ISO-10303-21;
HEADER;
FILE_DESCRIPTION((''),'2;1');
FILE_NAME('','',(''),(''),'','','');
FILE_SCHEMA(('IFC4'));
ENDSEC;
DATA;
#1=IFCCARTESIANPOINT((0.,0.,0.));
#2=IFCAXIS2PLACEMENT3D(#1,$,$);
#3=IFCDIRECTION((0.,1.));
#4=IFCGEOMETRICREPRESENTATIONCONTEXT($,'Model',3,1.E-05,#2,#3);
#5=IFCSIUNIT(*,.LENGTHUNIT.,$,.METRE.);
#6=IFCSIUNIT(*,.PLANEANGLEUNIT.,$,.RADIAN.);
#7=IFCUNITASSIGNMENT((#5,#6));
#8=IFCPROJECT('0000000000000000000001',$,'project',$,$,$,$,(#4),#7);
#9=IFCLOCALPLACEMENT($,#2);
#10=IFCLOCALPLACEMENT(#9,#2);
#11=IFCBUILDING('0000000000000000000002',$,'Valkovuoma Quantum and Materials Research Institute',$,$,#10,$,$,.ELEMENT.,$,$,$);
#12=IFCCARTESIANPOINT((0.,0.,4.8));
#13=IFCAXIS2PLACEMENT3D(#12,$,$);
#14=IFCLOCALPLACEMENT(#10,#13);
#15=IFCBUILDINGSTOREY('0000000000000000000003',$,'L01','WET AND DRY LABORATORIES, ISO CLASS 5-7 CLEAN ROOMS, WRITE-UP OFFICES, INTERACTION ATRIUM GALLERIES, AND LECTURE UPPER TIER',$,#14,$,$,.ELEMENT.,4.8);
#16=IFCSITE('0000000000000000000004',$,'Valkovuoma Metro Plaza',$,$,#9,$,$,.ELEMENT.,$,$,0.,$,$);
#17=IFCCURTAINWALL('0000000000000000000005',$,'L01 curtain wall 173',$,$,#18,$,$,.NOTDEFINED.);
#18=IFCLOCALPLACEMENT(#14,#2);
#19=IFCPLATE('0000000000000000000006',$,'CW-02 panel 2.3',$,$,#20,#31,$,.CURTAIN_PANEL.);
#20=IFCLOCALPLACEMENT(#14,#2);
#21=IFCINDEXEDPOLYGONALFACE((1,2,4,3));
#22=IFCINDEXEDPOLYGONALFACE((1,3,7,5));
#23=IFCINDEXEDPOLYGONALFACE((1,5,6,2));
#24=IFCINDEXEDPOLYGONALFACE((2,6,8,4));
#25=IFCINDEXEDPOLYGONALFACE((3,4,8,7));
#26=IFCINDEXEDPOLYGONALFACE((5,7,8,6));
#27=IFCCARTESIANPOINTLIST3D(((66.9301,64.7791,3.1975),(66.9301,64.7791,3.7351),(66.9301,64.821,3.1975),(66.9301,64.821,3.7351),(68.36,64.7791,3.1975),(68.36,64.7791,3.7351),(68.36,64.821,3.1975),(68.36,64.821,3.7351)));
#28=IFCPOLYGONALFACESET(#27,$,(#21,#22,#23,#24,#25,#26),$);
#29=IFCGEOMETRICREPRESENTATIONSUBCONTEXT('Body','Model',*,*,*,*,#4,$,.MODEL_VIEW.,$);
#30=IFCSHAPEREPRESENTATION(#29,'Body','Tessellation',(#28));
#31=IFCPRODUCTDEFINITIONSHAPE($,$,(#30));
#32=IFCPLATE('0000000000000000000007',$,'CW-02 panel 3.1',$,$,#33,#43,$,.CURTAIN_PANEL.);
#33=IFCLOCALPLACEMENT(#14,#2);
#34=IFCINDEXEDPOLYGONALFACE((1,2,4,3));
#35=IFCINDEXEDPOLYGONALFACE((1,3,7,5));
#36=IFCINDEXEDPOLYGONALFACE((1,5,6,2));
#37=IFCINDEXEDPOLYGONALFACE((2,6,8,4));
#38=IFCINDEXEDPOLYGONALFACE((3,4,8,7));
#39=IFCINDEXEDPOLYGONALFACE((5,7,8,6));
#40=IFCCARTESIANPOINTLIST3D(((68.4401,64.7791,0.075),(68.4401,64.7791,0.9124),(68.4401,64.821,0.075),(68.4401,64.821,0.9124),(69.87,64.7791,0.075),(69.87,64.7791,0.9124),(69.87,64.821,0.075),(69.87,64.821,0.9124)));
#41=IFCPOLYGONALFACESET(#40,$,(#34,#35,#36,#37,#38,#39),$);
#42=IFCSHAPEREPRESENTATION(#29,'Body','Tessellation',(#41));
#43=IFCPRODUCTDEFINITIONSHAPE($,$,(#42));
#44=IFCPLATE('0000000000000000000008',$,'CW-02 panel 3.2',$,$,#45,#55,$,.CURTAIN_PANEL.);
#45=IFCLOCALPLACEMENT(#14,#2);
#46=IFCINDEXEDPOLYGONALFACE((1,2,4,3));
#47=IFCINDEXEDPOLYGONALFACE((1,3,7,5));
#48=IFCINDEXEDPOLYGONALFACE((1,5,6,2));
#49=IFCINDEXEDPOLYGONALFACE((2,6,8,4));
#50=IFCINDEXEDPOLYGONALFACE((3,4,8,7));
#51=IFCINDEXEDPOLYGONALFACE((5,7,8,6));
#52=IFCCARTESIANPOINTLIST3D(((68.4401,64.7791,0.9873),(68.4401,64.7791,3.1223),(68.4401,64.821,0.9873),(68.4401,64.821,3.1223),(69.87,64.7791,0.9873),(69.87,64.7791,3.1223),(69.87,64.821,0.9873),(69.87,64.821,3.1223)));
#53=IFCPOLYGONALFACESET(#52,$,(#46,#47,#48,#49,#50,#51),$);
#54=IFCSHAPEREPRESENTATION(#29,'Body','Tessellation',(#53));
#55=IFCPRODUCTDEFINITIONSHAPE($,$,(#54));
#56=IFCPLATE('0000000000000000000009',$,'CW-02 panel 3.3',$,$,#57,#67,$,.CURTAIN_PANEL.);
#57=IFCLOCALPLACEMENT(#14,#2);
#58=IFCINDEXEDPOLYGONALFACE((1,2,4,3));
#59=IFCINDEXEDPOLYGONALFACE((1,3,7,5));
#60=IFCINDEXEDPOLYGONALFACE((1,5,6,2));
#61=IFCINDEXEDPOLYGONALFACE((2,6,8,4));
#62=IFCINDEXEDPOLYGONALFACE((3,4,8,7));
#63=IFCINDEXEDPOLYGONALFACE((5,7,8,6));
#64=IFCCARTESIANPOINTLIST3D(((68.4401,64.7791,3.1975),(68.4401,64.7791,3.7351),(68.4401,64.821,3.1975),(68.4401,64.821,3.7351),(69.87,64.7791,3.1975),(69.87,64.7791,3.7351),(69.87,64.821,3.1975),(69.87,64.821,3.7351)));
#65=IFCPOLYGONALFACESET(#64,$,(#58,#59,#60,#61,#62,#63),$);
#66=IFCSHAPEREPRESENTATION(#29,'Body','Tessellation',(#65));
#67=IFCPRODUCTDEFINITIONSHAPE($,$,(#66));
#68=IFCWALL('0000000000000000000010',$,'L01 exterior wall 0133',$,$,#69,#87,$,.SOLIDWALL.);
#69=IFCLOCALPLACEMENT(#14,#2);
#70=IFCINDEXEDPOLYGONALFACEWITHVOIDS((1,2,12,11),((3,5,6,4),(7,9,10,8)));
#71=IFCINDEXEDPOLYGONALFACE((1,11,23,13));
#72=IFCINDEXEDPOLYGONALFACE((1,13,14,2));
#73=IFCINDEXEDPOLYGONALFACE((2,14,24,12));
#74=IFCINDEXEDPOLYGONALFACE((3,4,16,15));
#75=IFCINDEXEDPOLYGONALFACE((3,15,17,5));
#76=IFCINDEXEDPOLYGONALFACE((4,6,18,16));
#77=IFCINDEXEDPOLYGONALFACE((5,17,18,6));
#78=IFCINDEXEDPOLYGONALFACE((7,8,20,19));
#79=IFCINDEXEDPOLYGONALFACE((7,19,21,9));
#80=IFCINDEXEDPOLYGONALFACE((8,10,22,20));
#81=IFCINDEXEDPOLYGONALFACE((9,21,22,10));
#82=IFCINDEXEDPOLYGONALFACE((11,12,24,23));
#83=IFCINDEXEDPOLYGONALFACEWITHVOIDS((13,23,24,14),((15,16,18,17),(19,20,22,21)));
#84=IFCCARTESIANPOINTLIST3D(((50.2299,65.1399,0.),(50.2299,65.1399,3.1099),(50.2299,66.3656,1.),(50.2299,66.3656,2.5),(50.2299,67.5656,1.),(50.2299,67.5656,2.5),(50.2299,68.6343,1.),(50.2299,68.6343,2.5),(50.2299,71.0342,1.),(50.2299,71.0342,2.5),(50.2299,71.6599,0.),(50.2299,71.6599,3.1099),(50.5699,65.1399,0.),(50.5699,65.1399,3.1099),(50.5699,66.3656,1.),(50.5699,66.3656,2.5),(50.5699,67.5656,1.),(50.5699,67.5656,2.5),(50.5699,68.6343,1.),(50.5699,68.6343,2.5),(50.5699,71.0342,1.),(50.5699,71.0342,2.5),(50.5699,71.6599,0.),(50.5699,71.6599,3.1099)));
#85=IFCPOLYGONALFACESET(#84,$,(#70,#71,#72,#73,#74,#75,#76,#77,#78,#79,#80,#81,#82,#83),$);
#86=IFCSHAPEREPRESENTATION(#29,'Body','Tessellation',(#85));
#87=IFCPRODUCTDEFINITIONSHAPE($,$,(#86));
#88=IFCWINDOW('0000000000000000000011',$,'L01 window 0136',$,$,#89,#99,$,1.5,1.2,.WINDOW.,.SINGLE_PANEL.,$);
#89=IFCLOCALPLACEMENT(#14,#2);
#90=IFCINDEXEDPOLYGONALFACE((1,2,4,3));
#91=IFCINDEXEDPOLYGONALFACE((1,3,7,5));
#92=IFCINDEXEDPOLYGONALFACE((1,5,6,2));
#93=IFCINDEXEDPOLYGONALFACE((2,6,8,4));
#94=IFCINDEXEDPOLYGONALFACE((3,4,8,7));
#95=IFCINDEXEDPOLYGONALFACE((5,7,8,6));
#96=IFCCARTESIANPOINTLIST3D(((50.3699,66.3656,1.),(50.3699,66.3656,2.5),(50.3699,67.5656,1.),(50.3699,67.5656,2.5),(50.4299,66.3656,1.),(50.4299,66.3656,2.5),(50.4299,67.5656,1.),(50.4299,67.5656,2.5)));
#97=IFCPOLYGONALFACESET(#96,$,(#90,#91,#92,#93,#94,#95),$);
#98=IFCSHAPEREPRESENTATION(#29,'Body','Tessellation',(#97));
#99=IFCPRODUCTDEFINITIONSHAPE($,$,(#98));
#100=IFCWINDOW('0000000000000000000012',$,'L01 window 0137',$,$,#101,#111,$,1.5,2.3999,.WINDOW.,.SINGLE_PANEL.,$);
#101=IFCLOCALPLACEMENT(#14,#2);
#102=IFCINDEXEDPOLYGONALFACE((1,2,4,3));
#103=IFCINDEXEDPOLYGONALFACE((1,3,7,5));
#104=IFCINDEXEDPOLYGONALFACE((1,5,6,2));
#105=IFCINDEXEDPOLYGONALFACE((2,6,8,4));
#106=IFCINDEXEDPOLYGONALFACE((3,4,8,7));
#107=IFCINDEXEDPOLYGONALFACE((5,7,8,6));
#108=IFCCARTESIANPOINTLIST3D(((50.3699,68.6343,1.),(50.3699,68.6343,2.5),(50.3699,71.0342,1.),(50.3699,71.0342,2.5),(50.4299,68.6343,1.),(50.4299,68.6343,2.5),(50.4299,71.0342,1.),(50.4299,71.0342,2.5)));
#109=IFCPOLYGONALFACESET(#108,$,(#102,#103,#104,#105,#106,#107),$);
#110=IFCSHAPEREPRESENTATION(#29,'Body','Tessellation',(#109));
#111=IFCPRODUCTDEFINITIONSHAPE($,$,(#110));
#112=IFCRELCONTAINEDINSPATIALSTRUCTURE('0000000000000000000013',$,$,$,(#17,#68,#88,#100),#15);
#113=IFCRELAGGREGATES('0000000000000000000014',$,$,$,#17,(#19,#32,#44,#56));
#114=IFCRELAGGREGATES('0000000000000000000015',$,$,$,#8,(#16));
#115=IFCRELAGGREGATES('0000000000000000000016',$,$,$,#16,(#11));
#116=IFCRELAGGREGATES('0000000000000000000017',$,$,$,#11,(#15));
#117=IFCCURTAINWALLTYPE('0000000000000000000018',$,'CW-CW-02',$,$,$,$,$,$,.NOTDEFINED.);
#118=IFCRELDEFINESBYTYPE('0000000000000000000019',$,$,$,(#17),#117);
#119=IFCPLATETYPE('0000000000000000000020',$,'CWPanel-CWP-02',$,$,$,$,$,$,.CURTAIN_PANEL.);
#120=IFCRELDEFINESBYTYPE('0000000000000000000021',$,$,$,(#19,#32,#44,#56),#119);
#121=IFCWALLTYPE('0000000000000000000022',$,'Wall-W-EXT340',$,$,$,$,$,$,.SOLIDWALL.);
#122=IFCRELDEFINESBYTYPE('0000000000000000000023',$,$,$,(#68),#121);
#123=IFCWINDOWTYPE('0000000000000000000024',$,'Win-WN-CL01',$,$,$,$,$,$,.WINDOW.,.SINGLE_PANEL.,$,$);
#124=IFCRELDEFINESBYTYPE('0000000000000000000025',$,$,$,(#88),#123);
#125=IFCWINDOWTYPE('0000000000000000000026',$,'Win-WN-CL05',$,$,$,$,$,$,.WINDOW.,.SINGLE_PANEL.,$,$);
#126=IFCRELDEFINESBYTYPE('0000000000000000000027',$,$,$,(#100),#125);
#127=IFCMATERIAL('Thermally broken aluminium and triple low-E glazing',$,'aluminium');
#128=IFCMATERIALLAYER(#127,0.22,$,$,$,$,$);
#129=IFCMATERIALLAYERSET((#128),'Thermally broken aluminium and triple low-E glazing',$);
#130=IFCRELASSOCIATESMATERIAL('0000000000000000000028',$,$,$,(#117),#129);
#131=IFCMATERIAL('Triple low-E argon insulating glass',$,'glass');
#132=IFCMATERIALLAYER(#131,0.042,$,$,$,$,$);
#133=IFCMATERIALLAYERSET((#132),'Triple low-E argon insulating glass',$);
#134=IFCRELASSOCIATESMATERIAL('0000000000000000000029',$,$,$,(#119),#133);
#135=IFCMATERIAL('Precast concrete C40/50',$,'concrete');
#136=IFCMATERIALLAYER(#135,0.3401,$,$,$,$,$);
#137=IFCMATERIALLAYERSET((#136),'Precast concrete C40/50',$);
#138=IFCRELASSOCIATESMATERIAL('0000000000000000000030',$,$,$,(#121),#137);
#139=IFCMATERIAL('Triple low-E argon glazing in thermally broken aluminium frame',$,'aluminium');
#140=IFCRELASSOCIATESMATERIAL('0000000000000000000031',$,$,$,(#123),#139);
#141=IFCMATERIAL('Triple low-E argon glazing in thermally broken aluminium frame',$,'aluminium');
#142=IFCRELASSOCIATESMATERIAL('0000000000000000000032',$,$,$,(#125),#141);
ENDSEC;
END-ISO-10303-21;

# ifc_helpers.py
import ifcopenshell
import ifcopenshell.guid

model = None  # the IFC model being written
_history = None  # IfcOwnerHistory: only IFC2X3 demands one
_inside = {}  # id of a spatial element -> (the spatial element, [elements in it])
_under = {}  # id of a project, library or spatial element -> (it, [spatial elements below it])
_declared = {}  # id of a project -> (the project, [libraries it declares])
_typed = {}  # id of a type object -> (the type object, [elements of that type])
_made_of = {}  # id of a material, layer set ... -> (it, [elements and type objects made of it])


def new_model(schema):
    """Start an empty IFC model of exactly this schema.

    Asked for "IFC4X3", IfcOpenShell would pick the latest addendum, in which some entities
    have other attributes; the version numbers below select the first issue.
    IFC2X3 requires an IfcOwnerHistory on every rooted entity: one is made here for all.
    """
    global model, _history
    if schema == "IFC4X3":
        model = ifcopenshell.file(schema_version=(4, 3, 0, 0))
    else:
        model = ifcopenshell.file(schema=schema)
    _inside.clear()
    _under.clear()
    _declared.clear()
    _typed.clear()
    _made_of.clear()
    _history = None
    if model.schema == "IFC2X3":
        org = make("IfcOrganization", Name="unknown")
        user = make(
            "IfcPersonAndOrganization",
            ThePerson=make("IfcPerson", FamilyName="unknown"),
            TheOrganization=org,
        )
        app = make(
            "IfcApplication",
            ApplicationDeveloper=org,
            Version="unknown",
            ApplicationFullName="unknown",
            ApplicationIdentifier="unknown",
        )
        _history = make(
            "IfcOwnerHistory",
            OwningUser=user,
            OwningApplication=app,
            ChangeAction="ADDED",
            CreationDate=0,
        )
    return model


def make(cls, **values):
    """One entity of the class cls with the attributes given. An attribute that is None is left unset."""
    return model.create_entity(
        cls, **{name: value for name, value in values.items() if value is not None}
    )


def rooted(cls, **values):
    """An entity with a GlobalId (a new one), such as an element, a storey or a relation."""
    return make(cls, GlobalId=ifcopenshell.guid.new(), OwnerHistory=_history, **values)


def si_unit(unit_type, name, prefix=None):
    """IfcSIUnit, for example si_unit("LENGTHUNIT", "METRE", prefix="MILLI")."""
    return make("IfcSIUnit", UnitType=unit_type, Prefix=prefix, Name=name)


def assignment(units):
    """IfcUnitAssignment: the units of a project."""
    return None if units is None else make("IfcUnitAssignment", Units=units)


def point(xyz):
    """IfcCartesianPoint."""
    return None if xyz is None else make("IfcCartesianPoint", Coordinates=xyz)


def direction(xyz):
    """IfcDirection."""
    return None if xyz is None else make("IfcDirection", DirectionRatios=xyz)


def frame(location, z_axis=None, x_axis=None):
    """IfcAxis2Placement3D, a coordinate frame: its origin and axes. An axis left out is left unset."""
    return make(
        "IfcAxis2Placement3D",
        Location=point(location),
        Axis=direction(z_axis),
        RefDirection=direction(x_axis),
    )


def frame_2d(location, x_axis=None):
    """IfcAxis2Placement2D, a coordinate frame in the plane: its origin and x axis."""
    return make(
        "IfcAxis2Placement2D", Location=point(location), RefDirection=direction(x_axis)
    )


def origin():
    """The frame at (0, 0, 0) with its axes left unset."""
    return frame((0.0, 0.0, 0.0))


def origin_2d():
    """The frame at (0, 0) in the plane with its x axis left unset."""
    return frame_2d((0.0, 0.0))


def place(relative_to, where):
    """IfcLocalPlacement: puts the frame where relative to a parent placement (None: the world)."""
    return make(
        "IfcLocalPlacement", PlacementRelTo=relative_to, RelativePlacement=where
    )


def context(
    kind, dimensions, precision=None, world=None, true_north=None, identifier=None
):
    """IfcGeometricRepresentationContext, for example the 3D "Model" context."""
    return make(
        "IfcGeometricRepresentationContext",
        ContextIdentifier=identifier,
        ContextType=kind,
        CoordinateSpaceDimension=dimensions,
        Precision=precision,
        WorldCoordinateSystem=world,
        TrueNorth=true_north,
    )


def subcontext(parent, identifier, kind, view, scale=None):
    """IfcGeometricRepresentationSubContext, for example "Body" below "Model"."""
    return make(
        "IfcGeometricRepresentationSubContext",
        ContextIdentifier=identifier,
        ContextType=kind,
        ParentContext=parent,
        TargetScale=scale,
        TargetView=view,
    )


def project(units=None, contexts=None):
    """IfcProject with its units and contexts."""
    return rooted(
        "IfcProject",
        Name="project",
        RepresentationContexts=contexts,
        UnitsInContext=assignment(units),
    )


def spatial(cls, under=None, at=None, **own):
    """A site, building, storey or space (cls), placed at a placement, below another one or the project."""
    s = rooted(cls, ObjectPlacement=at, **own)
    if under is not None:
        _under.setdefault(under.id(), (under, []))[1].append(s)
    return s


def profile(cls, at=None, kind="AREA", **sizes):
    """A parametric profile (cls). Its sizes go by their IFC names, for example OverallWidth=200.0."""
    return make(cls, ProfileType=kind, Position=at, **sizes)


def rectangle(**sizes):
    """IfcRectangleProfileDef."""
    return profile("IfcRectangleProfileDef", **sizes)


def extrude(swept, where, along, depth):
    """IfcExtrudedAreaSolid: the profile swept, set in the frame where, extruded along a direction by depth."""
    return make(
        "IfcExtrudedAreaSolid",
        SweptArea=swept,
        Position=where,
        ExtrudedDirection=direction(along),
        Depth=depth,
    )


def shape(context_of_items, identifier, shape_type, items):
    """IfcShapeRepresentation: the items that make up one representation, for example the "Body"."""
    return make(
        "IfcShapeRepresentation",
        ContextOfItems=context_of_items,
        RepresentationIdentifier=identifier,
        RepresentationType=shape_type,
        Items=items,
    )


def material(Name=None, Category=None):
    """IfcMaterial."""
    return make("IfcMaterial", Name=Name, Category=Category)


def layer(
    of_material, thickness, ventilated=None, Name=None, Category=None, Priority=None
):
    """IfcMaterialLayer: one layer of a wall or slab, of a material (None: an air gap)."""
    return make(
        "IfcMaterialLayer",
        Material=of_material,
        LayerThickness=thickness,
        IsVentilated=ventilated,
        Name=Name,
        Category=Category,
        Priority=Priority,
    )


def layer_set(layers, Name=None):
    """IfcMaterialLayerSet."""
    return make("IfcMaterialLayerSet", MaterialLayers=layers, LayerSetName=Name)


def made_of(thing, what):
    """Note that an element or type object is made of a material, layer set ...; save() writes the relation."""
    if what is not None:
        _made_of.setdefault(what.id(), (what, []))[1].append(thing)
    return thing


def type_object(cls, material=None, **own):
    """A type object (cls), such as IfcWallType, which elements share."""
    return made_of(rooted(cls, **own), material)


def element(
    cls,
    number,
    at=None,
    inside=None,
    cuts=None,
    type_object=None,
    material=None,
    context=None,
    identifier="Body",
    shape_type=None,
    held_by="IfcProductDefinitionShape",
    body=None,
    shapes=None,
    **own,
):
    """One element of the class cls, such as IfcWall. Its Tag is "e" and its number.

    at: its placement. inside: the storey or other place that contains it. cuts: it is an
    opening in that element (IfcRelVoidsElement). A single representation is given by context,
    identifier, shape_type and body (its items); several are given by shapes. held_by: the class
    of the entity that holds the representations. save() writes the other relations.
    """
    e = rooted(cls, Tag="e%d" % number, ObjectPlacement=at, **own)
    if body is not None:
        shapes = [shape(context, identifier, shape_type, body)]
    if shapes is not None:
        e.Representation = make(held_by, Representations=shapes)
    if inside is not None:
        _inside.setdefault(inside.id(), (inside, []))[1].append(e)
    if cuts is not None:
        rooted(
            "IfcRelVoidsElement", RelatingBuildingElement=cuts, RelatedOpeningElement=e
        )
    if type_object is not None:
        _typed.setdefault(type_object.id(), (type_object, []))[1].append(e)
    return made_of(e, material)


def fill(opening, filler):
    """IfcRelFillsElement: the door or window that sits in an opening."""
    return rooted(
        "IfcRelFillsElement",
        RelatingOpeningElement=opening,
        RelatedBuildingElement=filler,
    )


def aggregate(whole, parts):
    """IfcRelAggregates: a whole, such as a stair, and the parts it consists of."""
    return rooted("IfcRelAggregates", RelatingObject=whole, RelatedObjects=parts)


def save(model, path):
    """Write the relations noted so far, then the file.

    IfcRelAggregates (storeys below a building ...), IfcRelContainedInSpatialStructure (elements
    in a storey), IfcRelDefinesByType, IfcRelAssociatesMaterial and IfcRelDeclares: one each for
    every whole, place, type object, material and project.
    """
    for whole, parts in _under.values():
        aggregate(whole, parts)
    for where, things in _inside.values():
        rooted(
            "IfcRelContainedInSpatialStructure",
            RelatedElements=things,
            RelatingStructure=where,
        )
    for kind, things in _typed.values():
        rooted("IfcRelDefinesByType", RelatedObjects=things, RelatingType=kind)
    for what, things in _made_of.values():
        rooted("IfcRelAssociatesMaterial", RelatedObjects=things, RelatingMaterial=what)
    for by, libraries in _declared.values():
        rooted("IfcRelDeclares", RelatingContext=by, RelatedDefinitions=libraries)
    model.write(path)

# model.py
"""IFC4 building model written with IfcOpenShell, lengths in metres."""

from ifc_helpers import new_model, si_unit, direction, frame, frame_2d, origin, origin_2d, place, context, subcontext, project, spatial, rectangle, extrude, material, layer, layer_set, type_object, element, fill, aggregate, save


model = new_model("IFC4")

# Units and contexts
model_context = context("Model", 3, precision=1e-05, world=origin(), true_north=direction((0.0, 1.0)))
body_context = subcontext(model_context, "Body", "Model", "MODEL_VIEW")
ifc_project = project(units=[si_unit("LENGTHUNIT", "METRE"), si_unit("PLANEANGLEUNIT", "RADIAN")], contexts=[model_context])

# Site, building, storey
site_placement = place(None, origin())
site = spatial("IfcSite", under=ifc_project, at=site_placement, Name="Valkovuoma Metro Plaza", CompositionType="ELEMENT", RefElevation=0.0)
building_placement = place(site_placement, origin())
building = spatial("IfcBuilding", under=site, at=building_placement, Name="Valkovuoma Quantum and Materials Research Institute", CompositionType="ELEMENT")
storey_placement = place(building_placement, frame((0.0, 0.0, 4.8)))
storey = spatial("IfcBuildingStorey", under=building, at=storey_placement, Name="L01", Description="WET AND DRY LABORATORIES, ISO CLASS 5-7 CLEAN ROOMS, WRITE-UP OFFICES, INTERACTION ATRIUM GALLERIES, AND LECTURE UPPER TIER", CompositionType="ELEMENT", Elevation=4.8)

# Shared definitions
ifc_material_1 = material(Name="Thermally broken aluminium and triple low-E glazing", Category="aluminium")
ifc_layer_1 = layer(ifc_material_1, 0.22)
ifc_layer_set_1 = layer_set([ifc_layer_1], Name="Thermally broken aluminium and triple low-E glazing")
curtain_wall_type = type_object("IfcCurtainWallType", Name="CW-CW-02", PredefinedType="NOTDEFINED", material=ifc_layer_set_1)

# Curtain wall
curtain_wall_1_placement = place(storey_placement, origin())
curtain_wall_1 = element("IfcCurtainWall", 1, at=curtain_wall_1_placement, inside=storey, type_object=curtain_wall_type, Name="L01 curtain wall 173", PredefinedType="NOTDEFINED")

# Plates
ifc_material_2 = material(Name="Triple low-E argon insulating glass", Category="glass")
ifc_layer_2 = layer(ifc_material_2, 0.042)
ifc_layer_set_2 = layer_set([ifc_layer_2], Name="Triple low-E argon insulating glass")
plate_type = type_object("IfcPlateType", Name="CWPanel-CWP-02", PredefinedType="CURTAIN_PANEL", material=ifc_layer_set_2)
plate_1_placement = place(storey_placement, frame((67.645, 64.8, 3.1975), z_axis=(0.0, 0.0, 1.0), x_axis=(1.0, 0.0, 0.0)))
plate_1 = element("IfcPlate", 2, at=plate_1_placement, type_object=plate_type, Name="CW-02 panel 2.3", PredefinedType="CURTAIN_PANEL", context=body_context, shape_type="SweptSolid", body=[
    extrude(rectangle(XDim=1.4299, YDim=0.042, at=origin_2d()), origin(), (0.0, 0.0, 1.0), 0.5376),
])
plate_2_placement = place(storey_placement, frame((69.155, 64.8, 0.075), z_axis=(0.0, 0.0, 1.0), x_axis=(1.0, 0.0, 0.0)))
plate_2 = element("IfcPlate", 3, at=plate_2_placement, type_object=plate_type, Name="CW-02 panel 3.1", PredefinedType="CURTAIN_PANEL", context=body_context, shape_type="SweptSolid", body=[
    extrude(rectangle(XDim=1.4299, YDim=0.042, at=origin_2d()), origin(), (0.0, 0.0, 1.0), 0.8374),
])
plate_3_placement = place(storey_placement, frame((69.155, 64.8, 0.9873), z_axis=(0.0, 0.0, 1.0), x_axis=(1.0, 0.0, 0.0)))
plate_3 = element("IfcPlate", 4, at=plate_3_placement, type_object=plate_type, Name="CW-02 panel 3.2", PredefinedType="CURTAIN_PANEL", context=body_context, shape_type="SweptSolid", body=[
    extrude(rectangle(XDim=1.4299, YDim=0.042, at=origin_2d()), origin(), (0.0, 0.0, 1.0), 2.135),
])
plate_4_placement = place(storey_placement, frame((69.155, 64.8, 3.1975), z_axis=(0.0, 0.0, 1.0), x_axis=(1.0, 0.0, 0.0)))
plate_4 = element("IfcPlate", 5, at=plate_4_placement, type_object=plate_type, Name="CW-02 panel 3.3", PredefinedType="CURTAIN_PANEL", context=body_context, shape_type="SweptSolid", body=[
    extrude(rectangle(XDim=1.4299, YDim=0.042, at=origin_2d()), origin(), (0.0, 0.0, 1.0), 0.5376),
])
aggregate(curtain_wall_1, [plate_1, plate_2, plate_3, plate_4])

# Wall, openings, windows
ifc_material_3 = material(Name="Precast concrete C40/50", Category="concrete")
ifc_layer_3 = layer(ifc_material_3, 0.3401)
ifc_layer_set_3 = layer_set([ifc_layer_3], Name="Precast concrete C40/50")
wall_type = type_object("IfcWallType", Name="Wall-W-EXT340", PredefinedType="SOLIDWALL", material=ifc_layer_set_3)
wall_placement = place(storey_placement, frame((50.3999, 65.1399, 0.0), z_axis=(0.0, 0.0, 1.0), x_axis=(0.0, 1.0, 0.0)))
wall = element("IfcWall", 6, at=wall_placement, inside=storey, type_object=wall_type, Name="L01 exterior wall 0133", PredefinedType="SOLIDWALL", context=body_context, shape_type="SweptSolid", body=[
    extrude(rectangle(XDim=6.52, YDim=0.3401, at=frame_2d((3.26, 0.0))), origin(), (0.0, 0.0, 1.0), 3.1099),
])
opening_1_placement = place(wall_placement, frame((1.2256, 0.0, 1.0)))
opening_1 = element("IfcOpeningElement", 7, at=opening_1_placement, cuts=wall, PredefinedType="OPENING", context=body_context, shape_type="SweptSolid", body=[
    extrude(rectangle(XDim=1.2, YDim=1.5, at=frame_2d((0.6001, 0.75))), frame((0.0, 0.1802, 0.0), z_axis=(0.0, -1.0, 0.0), x_axis=(1.0, 0.0, 0.0)), (0.0, 0.0, 1.0), 0.3601),
])
opening_2_placement = place(wall_placement, frame((3.4944, 0.0, 1.0)))
opening_2 = element("IfcOpeningElement", 8, at=opening_2_placement, cuts=wall, PredefinedType="OPENING", context=body_context, shape_type="SweptSolid", body=[
    extrude(rectangle(XDim=2.3999, YDim=1.5, at=frame_2d((1.2, 0.75))), frame((0.0, 0.1802, 0.0), z_axis=(0.0, -1.0, 0.0), x_axis=(1.0, 0.0, 0.0)), (0.0, 0.0, 1.0), 0.3601),
])
ifc_material_4 = material(Name="Triple low-E argon glazing in thermally broken aluminium frame", Category="aluminium")
window_type_1 = type_object("IfcWindowType", Name="Win-WN-CL01", PartitioningType="SINGLE_PANEL", PredefinedType="WINDOW", material=ifc_material_4)
window_1_placement = place(opening_1_placement, origin())
window_1 = element("IfcWindow", 9, at=window_1_placement, inside=storey, type_object=window_type_1, Name="L01 window 0136", OverallHeight=1.5, OverallWidth=1.2, PartitioningType="SINGLE_PANEL", PredefinedType="WINDOW", context=body_context, shape_type="SweptSolid", body=[
    extrude(rectangle(XDim=1.2, YDim=1.5, at=frame_2d((0.6001, 0.75))), frame((0.0, 0.03, 0.0), z_axis=(0.0, -1.0, 0.0), x_axis=(1.0, 0.0, 0.0)), (0.0, 0.0, 1.0), 0.0601),
])
fill(opening_1, window_1)
ifc_material_5 = material(Name="Triple low-E argon glazing in thermally broken aluminium frame", Category="aluminium")
window_type_2 = type_object("IfcWindowType", Name="Win-WN-CL05", PartitioningType="SINGLE_PANEL", PredefinedType="WINDOW", material=ifc_material_5)
window_2_placement = place(opening_2_placement, origin())
window_2 = element("IfcWindow", 10, at=window_2_placement, inside=storey, type_object=window_type_2, Name="L01 window 0137", OverallHeight=1.5, OverallWidth=2.3999, PartitioningType="SINGLE_PANEL", PredefinedType="WINDOW", context=body_context, shape_type="SweptSolid", body=[
    extrude(rectangle(XDim=2.3999, YDim=1.5, at=frame_2d((1.2, 0.75))), frame((0.0, 0.03, 0.0), z_axis=(0.0, -1.0, 0.0), x_axis=(1.0, 0.0, 0.0)), (0.0, 0.0, 1.0), 0.0601),
])
fill(opening_2, window_2)

save(model, "model.ifc")
